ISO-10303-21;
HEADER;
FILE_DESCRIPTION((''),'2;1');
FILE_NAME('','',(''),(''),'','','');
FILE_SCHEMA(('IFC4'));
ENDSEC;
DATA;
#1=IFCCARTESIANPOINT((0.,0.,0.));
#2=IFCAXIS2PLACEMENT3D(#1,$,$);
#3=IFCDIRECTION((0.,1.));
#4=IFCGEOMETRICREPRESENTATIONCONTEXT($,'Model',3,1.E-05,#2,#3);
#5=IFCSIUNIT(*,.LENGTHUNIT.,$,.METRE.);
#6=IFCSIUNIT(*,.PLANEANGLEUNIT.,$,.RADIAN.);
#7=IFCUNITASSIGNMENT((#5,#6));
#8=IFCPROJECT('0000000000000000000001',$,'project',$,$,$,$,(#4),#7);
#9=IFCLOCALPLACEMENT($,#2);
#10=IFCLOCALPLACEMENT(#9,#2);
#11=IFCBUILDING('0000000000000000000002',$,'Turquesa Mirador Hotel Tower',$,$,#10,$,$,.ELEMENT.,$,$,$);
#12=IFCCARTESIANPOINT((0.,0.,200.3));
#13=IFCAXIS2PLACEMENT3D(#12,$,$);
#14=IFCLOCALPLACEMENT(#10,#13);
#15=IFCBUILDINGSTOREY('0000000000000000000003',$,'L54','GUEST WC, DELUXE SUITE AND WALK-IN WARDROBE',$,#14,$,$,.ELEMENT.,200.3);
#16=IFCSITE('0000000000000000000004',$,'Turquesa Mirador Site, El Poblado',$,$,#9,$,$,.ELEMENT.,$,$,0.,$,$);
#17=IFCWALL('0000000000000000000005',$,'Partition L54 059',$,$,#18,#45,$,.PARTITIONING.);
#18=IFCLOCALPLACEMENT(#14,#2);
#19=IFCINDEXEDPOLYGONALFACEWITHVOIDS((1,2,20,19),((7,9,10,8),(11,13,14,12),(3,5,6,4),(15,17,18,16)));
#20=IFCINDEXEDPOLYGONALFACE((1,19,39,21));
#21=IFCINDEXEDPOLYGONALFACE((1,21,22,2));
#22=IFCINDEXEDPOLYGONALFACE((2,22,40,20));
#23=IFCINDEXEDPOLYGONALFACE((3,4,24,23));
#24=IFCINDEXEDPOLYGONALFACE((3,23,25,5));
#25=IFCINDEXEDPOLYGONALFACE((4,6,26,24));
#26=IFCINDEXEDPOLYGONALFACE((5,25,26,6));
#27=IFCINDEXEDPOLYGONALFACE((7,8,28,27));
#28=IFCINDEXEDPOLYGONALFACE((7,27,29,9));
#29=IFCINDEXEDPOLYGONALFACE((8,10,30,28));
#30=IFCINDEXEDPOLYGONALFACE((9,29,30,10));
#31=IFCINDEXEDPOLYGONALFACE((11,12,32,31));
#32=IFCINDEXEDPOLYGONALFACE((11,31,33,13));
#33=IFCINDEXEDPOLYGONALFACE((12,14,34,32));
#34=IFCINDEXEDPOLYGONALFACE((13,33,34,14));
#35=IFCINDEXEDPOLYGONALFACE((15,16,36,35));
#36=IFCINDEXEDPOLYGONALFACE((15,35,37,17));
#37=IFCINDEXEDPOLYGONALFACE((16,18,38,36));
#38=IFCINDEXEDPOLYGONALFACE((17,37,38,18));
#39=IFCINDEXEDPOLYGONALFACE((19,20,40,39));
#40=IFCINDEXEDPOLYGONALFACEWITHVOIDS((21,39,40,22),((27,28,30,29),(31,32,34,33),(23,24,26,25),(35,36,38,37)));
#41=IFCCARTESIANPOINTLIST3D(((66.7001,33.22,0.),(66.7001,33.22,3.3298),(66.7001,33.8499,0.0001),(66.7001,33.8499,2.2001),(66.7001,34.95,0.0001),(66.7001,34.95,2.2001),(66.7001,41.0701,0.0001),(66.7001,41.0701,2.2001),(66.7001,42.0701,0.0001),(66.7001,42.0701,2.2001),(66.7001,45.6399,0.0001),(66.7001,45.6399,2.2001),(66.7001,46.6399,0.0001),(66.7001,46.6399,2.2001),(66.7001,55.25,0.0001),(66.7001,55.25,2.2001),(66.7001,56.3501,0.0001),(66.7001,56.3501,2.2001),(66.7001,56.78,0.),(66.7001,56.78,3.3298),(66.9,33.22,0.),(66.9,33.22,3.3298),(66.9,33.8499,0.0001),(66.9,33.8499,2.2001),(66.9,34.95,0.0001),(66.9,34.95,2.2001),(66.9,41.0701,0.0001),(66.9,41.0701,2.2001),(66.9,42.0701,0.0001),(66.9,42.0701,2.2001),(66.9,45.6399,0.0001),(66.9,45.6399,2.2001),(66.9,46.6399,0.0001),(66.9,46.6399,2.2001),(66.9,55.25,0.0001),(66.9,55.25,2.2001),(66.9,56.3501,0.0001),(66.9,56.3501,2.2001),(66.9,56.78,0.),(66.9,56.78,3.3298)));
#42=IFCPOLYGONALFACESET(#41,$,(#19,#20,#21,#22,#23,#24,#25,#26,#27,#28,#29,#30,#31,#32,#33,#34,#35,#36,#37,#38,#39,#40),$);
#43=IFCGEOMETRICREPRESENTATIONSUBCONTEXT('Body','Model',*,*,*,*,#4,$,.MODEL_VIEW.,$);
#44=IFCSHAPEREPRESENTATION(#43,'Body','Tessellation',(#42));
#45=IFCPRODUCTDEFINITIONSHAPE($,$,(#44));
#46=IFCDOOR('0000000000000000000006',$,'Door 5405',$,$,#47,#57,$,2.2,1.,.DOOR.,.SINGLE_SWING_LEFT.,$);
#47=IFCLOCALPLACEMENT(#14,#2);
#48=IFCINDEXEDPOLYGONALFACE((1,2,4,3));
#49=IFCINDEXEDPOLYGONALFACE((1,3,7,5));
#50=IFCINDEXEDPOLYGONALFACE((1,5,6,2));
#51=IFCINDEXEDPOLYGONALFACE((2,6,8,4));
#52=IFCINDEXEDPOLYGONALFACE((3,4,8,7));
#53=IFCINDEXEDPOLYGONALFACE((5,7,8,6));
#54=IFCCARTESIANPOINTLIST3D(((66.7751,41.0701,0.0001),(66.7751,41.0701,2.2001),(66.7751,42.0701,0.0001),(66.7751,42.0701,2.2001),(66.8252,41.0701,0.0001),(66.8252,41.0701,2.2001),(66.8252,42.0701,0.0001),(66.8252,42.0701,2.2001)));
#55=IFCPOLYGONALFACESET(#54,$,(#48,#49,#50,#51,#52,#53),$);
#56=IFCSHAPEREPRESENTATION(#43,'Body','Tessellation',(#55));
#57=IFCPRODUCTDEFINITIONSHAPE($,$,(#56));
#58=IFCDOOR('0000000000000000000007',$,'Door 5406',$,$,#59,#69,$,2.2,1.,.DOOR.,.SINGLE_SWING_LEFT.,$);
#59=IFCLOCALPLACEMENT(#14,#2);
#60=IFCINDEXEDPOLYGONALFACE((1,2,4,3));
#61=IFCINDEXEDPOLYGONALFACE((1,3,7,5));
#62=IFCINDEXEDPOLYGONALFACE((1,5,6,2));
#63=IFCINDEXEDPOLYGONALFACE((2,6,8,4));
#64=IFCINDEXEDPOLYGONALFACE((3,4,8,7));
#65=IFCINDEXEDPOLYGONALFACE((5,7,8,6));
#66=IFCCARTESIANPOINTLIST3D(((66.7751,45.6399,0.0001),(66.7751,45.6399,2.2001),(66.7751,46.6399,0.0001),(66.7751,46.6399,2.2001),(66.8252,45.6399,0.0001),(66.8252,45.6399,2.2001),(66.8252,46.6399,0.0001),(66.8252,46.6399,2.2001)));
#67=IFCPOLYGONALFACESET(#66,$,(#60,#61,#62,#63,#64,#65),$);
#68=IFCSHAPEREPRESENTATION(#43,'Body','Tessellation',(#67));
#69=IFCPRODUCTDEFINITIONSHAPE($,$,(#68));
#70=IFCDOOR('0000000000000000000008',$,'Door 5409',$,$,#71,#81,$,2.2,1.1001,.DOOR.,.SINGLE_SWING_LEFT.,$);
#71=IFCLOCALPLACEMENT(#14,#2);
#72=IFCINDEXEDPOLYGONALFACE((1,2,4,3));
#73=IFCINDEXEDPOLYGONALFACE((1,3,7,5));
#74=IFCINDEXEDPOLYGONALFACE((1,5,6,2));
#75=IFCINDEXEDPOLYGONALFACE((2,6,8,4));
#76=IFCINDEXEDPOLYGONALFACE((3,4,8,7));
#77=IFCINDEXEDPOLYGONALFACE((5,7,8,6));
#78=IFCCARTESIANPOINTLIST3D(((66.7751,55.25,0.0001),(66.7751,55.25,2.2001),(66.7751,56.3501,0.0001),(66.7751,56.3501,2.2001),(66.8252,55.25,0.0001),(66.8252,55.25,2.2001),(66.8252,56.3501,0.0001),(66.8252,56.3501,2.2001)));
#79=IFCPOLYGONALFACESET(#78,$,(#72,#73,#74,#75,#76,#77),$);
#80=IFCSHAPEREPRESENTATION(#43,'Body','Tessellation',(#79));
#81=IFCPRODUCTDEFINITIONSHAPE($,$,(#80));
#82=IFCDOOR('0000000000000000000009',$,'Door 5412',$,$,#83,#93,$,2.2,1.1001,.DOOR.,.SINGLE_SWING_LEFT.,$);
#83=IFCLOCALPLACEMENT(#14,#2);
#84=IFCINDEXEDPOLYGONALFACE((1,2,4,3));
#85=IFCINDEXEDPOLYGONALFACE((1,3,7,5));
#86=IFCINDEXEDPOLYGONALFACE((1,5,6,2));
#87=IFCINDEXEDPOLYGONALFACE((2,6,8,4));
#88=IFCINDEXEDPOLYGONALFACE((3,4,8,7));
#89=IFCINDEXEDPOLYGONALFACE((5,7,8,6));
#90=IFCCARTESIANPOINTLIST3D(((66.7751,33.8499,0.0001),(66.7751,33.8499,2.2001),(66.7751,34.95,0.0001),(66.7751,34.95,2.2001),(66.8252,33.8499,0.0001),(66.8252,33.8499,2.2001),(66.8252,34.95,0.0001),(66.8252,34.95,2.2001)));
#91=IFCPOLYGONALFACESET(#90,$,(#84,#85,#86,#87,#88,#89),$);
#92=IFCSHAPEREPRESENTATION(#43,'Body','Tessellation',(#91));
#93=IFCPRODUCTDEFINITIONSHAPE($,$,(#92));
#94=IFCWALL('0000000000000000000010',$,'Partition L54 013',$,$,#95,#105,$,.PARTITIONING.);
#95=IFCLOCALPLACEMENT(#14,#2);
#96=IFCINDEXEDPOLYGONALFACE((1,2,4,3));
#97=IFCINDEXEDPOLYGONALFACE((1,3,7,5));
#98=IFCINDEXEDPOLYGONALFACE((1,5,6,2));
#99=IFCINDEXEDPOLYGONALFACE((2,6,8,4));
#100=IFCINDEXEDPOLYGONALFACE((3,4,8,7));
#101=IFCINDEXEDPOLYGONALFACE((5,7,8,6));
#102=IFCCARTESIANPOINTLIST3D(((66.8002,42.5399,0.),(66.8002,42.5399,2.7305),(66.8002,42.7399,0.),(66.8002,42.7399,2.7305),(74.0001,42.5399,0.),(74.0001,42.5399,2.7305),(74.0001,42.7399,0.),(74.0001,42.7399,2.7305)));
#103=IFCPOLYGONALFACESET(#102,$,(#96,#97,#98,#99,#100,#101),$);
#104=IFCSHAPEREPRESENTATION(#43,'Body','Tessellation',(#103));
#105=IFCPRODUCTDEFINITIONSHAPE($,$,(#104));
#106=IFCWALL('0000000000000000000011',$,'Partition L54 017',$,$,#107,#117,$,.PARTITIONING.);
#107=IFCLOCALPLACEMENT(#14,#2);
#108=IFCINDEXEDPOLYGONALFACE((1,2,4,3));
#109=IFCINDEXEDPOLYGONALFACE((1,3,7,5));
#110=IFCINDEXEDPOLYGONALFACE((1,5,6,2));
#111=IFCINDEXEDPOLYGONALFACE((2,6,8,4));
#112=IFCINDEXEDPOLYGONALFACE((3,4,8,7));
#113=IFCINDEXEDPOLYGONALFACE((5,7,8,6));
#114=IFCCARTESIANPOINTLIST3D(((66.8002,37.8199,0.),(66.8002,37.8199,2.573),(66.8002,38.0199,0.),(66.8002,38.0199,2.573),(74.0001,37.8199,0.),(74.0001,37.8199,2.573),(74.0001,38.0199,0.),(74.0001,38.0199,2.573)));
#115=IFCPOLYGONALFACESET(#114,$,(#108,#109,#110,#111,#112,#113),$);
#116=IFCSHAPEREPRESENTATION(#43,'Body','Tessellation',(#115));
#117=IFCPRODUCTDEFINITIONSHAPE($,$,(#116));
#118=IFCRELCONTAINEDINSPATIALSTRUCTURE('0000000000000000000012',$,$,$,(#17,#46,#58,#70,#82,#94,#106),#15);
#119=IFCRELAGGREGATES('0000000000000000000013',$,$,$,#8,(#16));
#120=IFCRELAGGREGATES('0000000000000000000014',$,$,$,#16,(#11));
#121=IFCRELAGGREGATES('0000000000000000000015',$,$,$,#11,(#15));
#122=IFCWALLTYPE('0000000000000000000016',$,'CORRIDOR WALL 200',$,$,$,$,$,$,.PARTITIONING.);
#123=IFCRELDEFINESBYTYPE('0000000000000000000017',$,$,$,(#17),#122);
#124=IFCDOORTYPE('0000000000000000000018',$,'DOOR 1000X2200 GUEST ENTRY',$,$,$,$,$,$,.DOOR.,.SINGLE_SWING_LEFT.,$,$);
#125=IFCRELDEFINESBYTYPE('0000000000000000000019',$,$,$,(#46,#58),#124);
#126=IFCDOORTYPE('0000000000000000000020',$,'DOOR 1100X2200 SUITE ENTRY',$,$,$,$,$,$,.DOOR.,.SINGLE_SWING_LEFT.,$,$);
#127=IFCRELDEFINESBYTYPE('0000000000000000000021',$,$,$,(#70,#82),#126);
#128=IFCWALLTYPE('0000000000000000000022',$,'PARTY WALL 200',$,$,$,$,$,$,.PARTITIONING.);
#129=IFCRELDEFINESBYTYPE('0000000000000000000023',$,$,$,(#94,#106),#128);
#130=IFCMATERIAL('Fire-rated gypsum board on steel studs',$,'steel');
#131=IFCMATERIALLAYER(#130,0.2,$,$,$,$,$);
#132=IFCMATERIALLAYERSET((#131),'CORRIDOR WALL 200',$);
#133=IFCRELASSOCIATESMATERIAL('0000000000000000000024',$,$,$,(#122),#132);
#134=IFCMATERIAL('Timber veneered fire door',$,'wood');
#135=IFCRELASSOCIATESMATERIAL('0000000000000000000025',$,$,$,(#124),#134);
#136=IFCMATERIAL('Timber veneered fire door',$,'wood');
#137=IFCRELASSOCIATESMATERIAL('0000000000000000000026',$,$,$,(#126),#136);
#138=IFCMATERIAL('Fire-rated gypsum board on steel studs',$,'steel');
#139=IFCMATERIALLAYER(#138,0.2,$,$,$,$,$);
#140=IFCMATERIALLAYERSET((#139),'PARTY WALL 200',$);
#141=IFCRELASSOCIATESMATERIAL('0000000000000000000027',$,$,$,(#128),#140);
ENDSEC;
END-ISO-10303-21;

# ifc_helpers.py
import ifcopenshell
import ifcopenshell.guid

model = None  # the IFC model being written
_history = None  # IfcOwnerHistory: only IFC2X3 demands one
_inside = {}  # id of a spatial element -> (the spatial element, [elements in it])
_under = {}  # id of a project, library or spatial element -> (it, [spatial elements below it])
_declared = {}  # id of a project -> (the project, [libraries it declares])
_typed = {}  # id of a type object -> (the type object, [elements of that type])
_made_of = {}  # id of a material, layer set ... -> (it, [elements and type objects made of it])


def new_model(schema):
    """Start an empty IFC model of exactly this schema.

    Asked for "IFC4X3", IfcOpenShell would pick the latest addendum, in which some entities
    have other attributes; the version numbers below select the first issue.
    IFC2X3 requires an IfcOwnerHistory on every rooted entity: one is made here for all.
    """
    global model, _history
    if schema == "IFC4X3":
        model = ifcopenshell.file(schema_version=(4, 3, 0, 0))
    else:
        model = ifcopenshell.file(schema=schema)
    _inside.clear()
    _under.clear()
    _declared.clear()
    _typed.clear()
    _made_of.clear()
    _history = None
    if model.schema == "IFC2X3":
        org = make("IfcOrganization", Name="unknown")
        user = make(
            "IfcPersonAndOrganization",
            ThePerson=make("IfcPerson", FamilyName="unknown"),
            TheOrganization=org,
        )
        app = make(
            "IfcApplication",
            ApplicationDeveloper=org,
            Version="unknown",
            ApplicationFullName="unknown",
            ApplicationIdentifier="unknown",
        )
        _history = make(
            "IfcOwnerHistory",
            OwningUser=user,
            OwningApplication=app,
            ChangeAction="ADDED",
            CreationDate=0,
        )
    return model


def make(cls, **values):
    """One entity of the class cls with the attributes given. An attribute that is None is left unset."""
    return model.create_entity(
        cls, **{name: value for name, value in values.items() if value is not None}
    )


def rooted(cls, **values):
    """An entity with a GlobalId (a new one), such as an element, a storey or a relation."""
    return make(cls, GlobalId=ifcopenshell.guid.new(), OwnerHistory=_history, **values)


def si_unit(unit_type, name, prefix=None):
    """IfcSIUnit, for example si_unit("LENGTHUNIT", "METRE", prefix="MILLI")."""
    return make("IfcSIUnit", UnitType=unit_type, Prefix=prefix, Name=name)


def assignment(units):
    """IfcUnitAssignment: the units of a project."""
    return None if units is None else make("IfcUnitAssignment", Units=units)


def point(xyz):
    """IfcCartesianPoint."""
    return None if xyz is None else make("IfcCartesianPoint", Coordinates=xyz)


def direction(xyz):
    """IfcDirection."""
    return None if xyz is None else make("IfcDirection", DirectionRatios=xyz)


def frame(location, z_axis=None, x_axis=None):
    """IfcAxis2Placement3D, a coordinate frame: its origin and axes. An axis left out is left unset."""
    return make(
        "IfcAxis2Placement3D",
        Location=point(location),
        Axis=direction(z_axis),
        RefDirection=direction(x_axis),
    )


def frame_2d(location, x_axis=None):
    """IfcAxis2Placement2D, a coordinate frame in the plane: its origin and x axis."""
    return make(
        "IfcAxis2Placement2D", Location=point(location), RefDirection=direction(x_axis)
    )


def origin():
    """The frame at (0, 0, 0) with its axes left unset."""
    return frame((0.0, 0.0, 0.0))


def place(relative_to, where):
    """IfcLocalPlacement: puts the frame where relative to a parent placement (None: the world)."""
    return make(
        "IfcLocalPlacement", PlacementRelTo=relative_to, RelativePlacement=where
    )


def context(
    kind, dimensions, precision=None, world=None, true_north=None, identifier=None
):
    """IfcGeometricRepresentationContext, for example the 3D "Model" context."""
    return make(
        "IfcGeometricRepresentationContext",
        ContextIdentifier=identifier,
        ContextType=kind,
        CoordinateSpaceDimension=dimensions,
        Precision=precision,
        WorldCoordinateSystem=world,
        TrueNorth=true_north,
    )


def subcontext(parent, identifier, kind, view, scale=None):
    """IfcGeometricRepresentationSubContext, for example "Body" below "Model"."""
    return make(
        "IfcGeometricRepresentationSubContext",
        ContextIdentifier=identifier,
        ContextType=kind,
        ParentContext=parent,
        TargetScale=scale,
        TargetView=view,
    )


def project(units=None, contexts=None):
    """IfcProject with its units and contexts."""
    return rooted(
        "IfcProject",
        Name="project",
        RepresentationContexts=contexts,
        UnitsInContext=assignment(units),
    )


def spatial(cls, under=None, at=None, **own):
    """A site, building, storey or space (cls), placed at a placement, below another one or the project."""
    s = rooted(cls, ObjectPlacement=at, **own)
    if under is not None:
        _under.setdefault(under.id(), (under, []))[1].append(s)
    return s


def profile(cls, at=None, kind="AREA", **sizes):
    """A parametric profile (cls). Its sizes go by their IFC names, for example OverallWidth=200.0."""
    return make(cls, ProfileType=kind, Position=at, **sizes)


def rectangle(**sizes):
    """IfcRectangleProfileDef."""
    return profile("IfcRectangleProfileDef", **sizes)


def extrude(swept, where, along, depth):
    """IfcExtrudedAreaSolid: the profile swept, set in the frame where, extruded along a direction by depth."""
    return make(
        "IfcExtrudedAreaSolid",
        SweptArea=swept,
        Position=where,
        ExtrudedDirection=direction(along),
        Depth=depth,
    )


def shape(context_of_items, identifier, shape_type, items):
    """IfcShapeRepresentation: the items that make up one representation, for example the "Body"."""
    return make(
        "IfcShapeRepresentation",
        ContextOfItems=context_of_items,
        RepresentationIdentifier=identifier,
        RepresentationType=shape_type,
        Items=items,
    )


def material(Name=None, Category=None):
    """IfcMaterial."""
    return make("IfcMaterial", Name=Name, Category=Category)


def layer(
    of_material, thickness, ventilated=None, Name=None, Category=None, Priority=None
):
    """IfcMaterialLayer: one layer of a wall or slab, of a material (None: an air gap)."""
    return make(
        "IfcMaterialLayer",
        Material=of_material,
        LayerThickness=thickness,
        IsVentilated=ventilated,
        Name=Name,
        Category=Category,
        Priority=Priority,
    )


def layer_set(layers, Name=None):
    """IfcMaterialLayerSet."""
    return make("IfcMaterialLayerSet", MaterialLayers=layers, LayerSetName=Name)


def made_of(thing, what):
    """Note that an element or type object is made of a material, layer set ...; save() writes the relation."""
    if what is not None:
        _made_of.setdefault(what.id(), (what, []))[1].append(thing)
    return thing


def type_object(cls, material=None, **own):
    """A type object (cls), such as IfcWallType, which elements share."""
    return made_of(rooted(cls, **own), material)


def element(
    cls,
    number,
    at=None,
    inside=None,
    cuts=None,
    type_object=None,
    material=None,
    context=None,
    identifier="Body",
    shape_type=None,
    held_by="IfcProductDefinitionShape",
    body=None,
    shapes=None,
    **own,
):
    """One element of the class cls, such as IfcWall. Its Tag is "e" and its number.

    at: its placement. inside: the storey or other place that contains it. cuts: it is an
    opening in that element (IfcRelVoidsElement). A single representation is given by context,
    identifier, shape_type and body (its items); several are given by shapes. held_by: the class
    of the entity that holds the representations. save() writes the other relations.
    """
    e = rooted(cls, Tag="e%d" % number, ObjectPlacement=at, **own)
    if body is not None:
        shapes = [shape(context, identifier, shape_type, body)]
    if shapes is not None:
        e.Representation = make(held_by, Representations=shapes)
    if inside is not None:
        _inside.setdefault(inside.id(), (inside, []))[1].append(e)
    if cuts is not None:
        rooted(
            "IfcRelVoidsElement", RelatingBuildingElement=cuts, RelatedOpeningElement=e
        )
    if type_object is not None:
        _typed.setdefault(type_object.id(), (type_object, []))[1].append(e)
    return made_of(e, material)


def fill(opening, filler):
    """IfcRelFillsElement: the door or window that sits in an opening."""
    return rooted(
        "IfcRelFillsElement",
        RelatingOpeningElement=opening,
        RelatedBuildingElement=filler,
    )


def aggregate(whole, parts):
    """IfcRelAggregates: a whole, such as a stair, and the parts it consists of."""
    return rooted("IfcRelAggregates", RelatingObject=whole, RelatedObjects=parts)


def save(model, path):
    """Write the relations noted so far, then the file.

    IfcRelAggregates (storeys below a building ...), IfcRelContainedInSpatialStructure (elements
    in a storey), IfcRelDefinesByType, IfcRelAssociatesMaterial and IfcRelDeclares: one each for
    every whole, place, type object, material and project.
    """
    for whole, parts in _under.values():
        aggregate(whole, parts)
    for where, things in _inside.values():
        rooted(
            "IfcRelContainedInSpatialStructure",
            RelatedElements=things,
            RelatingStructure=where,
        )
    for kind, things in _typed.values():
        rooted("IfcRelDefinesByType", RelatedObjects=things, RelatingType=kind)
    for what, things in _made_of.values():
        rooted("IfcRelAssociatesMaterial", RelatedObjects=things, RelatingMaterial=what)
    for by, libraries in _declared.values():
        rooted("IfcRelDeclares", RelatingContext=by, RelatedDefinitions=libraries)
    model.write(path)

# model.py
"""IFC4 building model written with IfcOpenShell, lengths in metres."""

from ifc_helpers import new_model, si_unit, direction, frame, frame_2d, origin, place, context, subcontext, project, spatial, rectangle, extrude, material, layer, layer_set, type_object, element, fill, save


model = new_model("IFC4")

# Units and contexts
model_context = context("Model", 3, precision=1e-05, world=origin(), true_north=direction((0.0, 1.0)))
body_context = subcontext(model_context, "Body", "Model", "MODEL_VIEW")
ifc_project = project(units=[si_unit("LENGTHUNIT", "METRE"), si_unit("PLANEANGLEUNIT", "RADIAN")], contexts=[model_context])

# Site, building, storey
site_placement = place(None, origin())
site = spatial("IfcSite", under=ifc_project, at=site_placement, Name="Turquesa Mirador Site, El Poblado", CompositionType="ELEMENT", RefElevation=0.0)
building_placement = place(site_placement, origin())
building = spatial("IfcBuilding", under=site, at=building_placement, Name="Turquesa Mirador Hotel Tower", CompositionType="ELEMENT")
storey_placement = place(building_placement, frame((0.0, 0.0, 200.3)))
storey = spatial("IfcBuildingStorey", under=building, at=storey_placement, Name="L54", Description="GUEST WC, DELUXE SUITE AND WALK-IN WARDROBE", CompositionType="ELEMENT", Elevation=200.3)

# Wall, openings, doors
ifc_material_1 = material(Name="Fire-rated gypsum board on steel studs", Category="steel")
ifc_layer_1 = layer(ifc_material_1, 0.2)
ifc_layer_set_1 = layer_set([ifc_layer_1], Name="CORRIDOR WALL 200")
wall_type_1 = type_object("IfcWallType", Name="CORRIDOR WALL 200", PredefinedType="PARTITIONING", material=ifc_layer_set_1)
wall_1_placement = place(storey_placement, frame((66.8, 33.22, 0.0), z_axis=(0.0, 0.0, 1.0), x_axis=(0.0, 1.0, 0.0)))
wall_1 = element("IfcWall", 1, at=wall_1_placement, inside=storey, type_object=wall_type_1, Name="Partition L54 059", PredefinedType="PARTITIONING", context=body_context, shape_type="SweptSolid", body=[
    extrude(rectangle(XDim=23.5601, YDim=0.2, at=frame_2d((11.78, 0.0))), origin(), (0.0, 0.0, 1.0), 3.3298),
])
opening_1_placement = place(wall_1_placement, frame((7.8501, 0.0, 0.0)))
opening_1 = element("IfcOpeningElement", 2, at=opening_1_placement, cuts=wall_1, PredefinedType="OPENING", context=body_context, shape_type="SweptSolid", body=[
    extrude(rectangle(XDim=1.0, YDim=2.2, at=frame_2d((0.5, 1.1001))), frame((0.0, 0.1099, 0.0), z_axis=(0.0, -1.0, 0.0), x_axis=(1.0, 0.0, 0.0)), (0.0, 0.0, 1.0), 0.22),
])
opening_2_placement = place(wall_1_placement, frame((12.4199, 0.0, 0.0)))
opening_2 = element("IfcOpeningElement", 3, at=opening_2_placement, cuts=wall_1, PredefinedType="OPENING", context=body_context, shape_type="SweptSolid", body=[
    extrude(rectangle(XDim=1.0, YDim=2.2, at=frame_2d((0.5, 1.1001))), frame((0.0, 0.1099, 0.0), z_axis=(0.0, -1.0, 0.0), x_axis=(1.0, 0.0, 0.0)), (0.0, 0.0, 1.0), 0.22),
])
opening_3_placement = place(wall_1_placement, frame((22.03, 0.0, 0.0)))
opening_3 = element("IfcOpeningElement", 4, at=opening_3_placement, cuts=wall_1, PredefinedType="OPENING", context=body_context, shape_type="SweptSolid", body=[
    extrude(rectangle(XDim=1.1001, YDim=2.2, at=frame_2d((0.55, 1.1001))), frame((0.0, 0.1099, 0.0), z_axis=(0.0, -1.0, 0.0), x_axis=(1.0, 0.0, 0.0)), (0.0, 0.0, 1.0), 0.22),
])
opening_4_placement = place(wall_1_placement, frame((0.6299, 0.0, 0.0)))
opening_4 = element("IfcOpeningElement", 5, at=opening_4_placement, cuts=wall_1, PredefinedType="OPENING", context=body_context, shape_type="SweptSolid", body=[
    extrude(rectangle(XDim=1.1001, YDim=2.2, at=frame_2d((0.55, 1.1001))), frame((0.0, 0.1099, 0.0), z_axis=(0.0, -1.0, 0.0), x_axis=(1.0, 0.0, 0.0)), (0.0, 0.0, 1.0), 0.22),
])
ifc_material_2 = material(Name="Timber veneered fire door", Category="wood")
door_type_1 = type_object("IfcDoorType", Name="DOOR 1000X2200 GUEST ENTRY", OperationType="SINGLE_SWING_LEFT", PredefinedType="DOOR", material=ifc_material_2)
door_1_placement = place(opening_1_placement, origin())
door_1 = element("IfcDoor", 6, at=door_1_placement, inside=storey, type_object=door_type_1, Name="Door 5405", OperationType="SINGLE_SWING_LEFT", OverallHeight=2.2, OverallWidth=1.0, PredefinedType="DOOR", context=body_context, shape_type="SweptSolid", body=[
    extrude(rectangle(XDim=1.0, YDim=2.2, at=frame_2d((0.5, 1.1001))), frame((0.0, 0.0249, 0.0), z_axis=(0.0, -1.0, 0.0), x_axis=(1.0, 0.0, 0.0)), (0.0, 0.0, 1.0), 0.05),
])
fill(opening_1, door_1)
door_2_placement = place(opening_2_placement, origin())
door_2 = element("IfcDoor", 7, at=door_2_placement, inside=storey, type_object=door_type_1, Name="Door 5406", OperationType="SINGLE_SWING_LEFT", OverallHeight=2.2, OverallWidth=1.0, PredefinedType="DOOR", context=body_context, shape_type="SweptSolid", body=[
    extrude(rectangle(XDim=1.0, YDim=2.2, at=frame_2d((0.5, 1.1001))), frame((0.0, 0.0249, 0.0), z_axis=(0.0, -1.0, 0.0), x_axis=(1.0, 0.0, 0.0)), (0.0, 0.0, 1.0), 0.05),
])
fill(opening_2, door_2)
ifc_material_3 = material(Name="Timber veneered fire door", Category="wood")
door_type_2 = type_object("IfcDoorType", Name="DOOR 1100X2200 SUITE ENTRY", OperationType="SINGLE_SWING_LEFT", PredefinedType="DOOR", material=ifc_material_3)
door_3_placement = place(opening_3_placement, origin())
door_3 = element("IfcDoor", 8, at=door_3_placement, inside=storey, type_object=door_type_2, Name="Door 5409", OperationType="SINGLE_SWING_LEFT", OverallHeight=2.2, OverallWidth=1.1001, PredefinedType="DOOR", context=body_context, shape_type="SweptSolid", body=[
    extrude(rectangle(XDim=1.1001, YDim=2.2, at=frame_2d((0.55, 1.1001))), frame((0.0, 0.0249, 0.0), z_axis=(0.0, -1.0, 0.0), x_axis=(1.0, 0.0, 0.0)), (0.0, 0.0, 1.0), 0.05),
])
fill(opening_3, door_3)
door_4_placement = place(opening_4_placement, origin())
door_4 = element("IfcDoor", 9, at=door_4_placement, inside=storey, type_object=door_type_2, Name="Door 5412", OperationType="SINGLE_SWING_LEFT", OverallHeight=2.2, OverallWidth=1.1001, PredefinedType="DOOR", context=body_context, shape_type="SweptSolid", body=[
    extrude(rectangle(XDim=1.1001, YDim=2.2, at=frame_2d((0.55, 1.1001))), frame((0.0, 0.0249, 0.0), z_axis=(0.0, -1.0, 0.0), x_axis=(1.0, 0.0, 0.0)), (0.0, 0.0, 1.0), 0.05),
])
fill(opening_4, door_4)

# Walls
ifc_material_4 = material(Name="Fire-rated gypsum board on steel studs", Category="steel")
ifc_layer_2 = layer(ifc_material_4, 0.2)
ifc_layer_set_2 = layer_set([ifc_layer_2], Name="PARTY WALL 200")
wall_type_2 = type_object("IfcWallType", Name="PARTY WALL 200", PredefinedType="PARTITIONING", material=ifc_layer_set_2)
wall_2_placement = place(storey_placement, frame((66.8, 42.6399, 0.0), z_axis=(0.0, 0.0, 1.0), x_axis=(1.0, 0.0, 0.0)))
element("IfcWall", 10, at=wall_2_placement, inside=storey, type_object=wall_type_2, Name="Partition L54 013", PredefinedType="PARTITIONING", context=body_context, shape_type="SweptSolid", body=[
    extrude(rectangle(XDim=7.2, YDim=0.2, at=frame_2d((3.6001, 0.0))), origin(), (0.0, 0.0, 1.0), 2.7305),
])
wall_3_placement = place(storey_placement, frame((66.8, 37.9199, 0.0), z_axis=(0.0, 0.0, 1.0), x_axis=(1.0, 0.0, 0.0)))
element("IfcWall", 11, at=wall_3_placement, inside=storey, type_object=wall_type_2, Name="Partition L54 017", PredefinedType="PARTITIONING", context=body_context, shape_type="SweptSolid", body=[
    extrude(rectangle(XDim=7.2, YDim=0.2, at=frame_2d((3.6001, 0.0))), origin(), (0.0, 0.0, 1.0), 2.573),
])

save(model, "model.ifc")
